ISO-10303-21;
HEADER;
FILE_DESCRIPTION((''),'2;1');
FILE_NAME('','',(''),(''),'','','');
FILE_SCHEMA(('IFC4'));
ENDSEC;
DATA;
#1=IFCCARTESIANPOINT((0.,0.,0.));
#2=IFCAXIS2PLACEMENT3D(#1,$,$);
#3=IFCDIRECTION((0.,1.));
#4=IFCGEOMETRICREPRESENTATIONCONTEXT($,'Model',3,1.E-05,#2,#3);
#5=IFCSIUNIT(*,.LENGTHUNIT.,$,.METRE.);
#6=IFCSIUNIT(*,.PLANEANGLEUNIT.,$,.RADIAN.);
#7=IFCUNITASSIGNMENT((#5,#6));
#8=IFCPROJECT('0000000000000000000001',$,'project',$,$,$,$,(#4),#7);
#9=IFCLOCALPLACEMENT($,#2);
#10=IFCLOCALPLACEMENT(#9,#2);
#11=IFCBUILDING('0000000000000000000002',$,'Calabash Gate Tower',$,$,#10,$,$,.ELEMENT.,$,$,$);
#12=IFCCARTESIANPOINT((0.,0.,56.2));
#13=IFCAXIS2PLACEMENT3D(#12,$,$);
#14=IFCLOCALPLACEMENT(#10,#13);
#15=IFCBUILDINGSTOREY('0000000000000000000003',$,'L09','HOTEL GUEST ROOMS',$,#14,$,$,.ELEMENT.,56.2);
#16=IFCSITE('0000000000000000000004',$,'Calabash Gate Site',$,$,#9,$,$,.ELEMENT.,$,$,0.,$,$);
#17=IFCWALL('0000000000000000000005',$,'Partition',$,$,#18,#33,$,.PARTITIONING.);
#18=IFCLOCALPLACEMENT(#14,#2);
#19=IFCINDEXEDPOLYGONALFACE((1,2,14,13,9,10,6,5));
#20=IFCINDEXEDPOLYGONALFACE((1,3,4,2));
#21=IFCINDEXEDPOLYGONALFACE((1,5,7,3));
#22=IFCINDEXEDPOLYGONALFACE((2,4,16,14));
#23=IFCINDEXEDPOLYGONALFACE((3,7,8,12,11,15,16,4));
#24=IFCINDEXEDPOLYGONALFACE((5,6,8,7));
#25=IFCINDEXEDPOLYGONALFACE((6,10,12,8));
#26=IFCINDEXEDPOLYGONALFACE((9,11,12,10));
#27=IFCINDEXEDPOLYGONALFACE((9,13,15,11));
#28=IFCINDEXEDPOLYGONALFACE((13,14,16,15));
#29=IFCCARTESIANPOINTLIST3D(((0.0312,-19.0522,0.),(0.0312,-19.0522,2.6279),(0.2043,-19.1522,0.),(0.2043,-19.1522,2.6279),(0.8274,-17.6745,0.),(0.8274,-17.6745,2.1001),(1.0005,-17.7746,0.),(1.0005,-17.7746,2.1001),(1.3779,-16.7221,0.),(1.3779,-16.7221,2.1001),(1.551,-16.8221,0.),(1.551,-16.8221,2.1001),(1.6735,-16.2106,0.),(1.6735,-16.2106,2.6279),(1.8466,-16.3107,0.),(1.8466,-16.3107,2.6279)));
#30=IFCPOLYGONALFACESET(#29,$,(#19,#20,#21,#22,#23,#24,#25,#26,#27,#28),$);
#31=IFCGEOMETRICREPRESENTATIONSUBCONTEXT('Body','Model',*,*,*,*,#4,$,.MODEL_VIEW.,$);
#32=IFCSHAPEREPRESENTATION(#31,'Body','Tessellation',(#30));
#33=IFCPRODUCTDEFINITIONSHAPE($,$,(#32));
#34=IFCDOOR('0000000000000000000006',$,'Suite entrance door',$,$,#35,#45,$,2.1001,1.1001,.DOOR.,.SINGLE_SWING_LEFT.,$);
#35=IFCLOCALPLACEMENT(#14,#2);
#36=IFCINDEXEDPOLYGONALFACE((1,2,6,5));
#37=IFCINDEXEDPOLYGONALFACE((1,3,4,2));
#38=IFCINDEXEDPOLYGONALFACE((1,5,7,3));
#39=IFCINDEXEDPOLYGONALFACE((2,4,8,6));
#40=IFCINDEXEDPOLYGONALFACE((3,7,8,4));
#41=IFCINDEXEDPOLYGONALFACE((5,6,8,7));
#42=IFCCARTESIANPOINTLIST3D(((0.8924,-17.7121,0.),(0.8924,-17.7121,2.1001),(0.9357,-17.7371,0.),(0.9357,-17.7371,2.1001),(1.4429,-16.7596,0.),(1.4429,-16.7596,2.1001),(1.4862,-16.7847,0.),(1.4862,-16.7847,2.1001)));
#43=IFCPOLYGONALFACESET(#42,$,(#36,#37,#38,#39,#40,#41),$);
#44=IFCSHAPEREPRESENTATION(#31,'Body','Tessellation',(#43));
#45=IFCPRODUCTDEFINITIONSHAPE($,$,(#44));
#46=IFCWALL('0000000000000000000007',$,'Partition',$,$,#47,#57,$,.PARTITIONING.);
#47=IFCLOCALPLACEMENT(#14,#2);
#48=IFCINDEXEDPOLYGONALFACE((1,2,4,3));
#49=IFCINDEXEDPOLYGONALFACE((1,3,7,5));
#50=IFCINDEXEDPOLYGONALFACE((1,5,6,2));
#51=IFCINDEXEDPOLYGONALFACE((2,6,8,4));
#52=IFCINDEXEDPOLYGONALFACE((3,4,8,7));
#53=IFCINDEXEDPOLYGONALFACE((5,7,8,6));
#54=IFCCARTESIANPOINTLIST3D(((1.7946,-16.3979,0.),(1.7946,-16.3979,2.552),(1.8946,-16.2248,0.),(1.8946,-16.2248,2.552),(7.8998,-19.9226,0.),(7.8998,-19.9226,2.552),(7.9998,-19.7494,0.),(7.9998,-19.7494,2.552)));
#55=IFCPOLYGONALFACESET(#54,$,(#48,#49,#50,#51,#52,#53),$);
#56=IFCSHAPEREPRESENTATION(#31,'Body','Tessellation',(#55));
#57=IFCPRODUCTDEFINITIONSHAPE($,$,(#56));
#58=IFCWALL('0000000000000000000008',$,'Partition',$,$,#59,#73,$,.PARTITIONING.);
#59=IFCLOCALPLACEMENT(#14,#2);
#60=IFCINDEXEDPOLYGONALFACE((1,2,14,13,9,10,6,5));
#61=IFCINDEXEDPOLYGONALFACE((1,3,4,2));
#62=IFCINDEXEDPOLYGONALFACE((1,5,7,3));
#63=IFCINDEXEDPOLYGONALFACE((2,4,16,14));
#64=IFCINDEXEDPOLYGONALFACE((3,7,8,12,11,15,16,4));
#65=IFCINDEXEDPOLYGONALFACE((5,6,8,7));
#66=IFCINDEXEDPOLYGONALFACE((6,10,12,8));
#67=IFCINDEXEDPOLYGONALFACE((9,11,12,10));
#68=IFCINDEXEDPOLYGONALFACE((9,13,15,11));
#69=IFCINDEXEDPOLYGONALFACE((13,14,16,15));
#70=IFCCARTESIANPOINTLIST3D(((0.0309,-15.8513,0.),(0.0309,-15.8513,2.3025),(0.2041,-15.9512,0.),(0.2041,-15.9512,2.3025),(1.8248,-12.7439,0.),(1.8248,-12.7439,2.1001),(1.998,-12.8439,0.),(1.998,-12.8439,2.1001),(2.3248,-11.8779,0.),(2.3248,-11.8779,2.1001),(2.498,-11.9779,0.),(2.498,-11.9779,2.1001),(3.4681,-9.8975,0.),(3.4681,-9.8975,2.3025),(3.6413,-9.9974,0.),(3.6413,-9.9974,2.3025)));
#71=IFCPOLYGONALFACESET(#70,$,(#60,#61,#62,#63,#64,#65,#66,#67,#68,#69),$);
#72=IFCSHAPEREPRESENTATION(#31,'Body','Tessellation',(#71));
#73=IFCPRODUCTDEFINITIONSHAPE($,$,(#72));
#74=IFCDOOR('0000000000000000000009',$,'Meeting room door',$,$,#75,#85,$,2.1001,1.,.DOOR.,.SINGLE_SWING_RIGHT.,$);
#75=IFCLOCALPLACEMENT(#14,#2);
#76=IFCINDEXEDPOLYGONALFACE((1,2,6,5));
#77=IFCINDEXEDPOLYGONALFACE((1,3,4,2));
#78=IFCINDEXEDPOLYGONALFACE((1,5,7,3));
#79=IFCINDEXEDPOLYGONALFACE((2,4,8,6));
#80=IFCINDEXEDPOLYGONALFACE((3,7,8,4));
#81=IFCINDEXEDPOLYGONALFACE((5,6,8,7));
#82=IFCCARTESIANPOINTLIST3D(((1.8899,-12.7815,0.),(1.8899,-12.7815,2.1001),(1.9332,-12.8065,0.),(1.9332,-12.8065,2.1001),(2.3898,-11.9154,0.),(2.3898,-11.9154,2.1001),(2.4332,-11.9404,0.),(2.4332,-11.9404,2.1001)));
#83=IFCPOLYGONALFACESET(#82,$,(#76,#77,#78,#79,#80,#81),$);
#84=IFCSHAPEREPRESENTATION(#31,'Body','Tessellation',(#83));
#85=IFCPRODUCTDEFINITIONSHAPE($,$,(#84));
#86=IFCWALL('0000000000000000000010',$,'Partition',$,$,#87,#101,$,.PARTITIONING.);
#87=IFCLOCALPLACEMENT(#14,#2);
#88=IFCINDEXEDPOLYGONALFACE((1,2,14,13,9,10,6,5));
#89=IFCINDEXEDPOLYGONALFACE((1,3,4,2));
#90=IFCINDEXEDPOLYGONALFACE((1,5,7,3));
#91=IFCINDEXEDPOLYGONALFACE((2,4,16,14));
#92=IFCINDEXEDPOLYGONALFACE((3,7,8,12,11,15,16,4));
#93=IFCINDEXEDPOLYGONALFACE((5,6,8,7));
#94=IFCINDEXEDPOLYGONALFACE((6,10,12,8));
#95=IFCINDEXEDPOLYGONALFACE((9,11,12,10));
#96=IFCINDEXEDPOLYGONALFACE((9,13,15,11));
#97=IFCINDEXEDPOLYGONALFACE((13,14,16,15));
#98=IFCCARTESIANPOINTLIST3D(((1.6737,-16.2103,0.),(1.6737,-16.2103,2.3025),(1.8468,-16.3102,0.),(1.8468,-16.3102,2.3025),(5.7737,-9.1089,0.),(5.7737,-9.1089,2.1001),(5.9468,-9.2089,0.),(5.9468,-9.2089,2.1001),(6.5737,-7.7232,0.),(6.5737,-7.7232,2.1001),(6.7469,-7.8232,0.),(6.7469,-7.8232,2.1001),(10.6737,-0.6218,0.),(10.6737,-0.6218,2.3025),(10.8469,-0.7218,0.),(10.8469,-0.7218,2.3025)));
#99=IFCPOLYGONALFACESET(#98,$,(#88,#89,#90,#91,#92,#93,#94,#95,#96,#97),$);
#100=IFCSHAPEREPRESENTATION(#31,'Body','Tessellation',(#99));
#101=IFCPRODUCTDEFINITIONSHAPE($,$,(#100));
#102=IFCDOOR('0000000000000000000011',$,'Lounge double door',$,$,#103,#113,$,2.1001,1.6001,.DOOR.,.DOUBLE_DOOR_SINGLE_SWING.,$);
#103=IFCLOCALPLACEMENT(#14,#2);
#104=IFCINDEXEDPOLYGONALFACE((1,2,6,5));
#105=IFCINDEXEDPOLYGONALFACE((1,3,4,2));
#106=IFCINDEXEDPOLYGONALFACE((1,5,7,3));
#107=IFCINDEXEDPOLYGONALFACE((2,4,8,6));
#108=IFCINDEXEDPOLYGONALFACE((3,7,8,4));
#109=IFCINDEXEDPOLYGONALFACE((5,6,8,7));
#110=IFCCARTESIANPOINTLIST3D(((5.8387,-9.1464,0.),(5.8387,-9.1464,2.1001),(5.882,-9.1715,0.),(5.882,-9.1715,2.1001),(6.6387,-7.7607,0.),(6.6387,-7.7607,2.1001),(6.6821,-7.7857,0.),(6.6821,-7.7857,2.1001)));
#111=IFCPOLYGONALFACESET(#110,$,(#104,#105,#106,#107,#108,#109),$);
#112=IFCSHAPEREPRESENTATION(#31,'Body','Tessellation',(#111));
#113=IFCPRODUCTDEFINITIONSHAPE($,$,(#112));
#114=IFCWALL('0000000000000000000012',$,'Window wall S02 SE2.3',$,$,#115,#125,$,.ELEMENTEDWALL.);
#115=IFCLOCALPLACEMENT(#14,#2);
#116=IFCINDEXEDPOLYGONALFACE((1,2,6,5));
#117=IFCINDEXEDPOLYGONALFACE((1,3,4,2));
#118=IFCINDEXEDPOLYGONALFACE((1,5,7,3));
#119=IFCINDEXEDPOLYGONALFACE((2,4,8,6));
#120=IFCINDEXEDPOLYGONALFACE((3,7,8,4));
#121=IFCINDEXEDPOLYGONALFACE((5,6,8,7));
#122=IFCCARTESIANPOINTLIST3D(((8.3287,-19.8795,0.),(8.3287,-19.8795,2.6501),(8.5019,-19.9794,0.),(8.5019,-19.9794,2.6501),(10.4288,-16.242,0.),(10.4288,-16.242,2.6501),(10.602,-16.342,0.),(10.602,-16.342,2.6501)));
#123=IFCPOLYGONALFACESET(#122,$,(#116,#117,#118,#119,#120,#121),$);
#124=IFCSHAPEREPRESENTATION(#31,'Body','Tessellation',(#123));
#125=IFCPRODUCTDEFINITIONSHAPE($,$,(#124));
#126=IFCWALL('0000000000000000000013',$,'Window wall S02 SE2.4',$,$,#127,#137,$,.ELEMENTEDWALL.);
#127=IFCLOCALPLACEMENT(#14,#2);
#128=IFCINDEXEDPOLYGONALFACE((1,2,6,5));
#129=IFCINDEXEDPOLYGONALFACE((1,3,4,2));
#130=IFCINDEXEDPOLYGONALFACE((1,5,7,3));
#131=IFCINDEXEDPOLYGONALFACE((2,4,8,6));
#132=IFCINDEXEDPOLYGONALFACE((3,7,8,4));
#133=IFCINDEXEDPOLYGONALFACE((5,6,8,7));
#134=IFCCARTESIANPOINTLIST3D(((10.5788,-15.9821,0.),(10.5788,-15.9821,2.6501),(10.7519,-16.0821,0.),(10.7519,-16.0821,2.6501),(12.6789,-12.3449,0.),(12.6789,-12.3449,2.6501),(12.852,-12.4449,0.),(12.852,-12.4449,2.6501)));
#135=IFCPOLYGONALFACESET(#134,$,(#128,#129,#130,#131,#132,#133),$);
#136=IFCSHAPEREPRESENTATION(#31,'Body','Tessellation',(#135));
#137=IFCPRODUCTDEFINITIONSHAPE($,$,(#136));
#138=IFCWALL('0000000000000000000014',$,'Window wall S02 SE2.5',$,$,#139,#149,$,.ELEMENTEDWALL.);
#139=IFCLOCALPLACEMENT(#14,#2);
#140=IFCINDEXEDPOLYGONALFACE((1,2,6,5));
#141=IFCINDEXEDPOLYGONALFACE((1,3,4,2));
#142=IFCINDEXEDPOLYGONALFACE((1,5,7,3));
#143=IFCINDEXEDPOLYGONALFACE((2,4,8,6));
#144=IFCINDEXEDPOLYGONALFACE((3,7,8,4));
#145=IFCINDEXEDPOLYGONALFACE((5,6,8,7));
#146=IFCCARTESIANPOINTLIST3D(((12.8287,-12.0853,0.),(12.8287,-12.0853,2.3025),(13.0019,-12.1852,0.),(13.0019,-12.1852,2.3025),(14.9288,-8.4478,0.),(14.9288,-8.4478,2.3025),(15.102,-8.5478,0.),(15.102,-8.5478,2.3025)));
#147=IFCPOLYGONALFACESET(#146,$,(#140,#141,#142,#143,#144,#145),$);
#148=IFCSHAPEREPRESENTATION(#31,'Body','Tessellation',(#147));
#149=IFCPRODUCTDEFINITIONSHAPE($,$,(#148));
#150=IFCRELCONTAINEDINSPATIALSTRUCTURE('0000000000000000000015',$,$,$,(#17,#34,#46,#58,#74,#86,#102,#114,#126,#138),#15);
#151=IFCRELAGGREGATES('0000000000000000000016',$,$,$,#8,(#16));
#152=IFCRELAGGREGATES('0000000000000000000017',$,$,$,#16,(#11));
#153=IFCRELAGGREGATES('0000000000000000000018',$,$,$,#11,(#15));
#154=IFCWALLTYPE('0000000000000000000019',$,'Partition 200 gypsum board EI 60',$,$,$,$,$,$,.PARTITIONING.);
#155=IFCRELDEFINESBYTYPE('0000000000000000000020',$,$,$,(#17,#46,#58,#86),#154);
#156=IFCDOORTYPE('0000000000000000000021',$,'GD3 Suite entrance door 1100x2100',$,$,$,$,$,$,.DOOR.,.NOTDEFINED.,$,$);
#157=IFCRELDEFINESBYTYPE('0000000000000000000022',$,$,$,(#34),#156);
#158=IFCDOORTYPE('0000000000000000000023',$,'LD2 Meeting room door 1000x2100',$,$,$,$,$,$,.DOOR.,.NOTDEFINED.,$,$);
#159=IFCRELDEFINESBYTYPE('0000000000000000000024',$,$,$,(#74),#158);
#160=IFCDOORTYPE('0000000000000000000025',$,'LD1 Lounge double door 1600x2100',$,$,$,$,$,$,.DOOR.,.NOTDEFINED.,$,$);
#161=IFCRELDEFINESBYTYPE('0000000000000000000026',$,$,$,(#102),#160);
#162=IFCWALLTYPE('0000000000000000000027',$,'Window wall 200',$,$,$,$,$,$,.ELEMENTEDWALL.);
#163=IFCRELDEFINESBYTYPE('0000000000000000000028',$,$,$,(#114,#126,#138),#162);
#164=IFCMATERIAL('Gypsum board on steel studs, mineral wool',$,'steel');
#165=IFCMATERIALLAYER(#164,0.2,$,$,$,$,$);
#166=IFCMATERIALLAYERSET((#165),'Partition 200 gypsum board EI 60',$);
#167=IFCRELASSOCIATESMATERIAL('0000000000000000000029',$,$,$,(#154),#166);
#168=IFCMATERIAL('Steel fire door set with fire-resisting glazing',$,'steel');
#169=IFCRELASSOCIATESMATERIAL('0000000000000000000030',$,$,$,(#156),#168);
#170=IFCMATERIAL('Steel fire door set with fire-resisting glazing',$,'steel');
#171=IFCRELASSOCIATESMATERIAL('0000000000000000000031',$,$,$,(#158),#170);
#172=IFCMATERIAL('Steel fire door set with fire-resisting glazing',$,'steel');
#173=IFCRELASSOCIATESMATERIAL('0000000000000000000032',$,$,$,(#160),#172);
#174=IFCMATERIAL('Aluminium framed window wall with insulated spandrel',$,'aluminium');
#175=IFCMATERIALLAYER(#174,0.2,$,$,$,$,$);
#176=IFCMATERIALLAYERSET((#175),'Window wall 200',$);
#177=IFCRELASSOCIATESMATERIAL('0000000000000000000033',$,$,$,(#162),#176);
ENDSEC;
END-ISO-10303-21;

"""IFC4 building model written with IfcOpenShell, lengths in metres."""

from ifc_helpers import new_model, si_unit, direction, frame, frame_2d, origin, place, context, subcontext, project, spatial, rectangle, extrude, material, layer, layer_set, type_object, element, fill, save


model = new_model("IFC4")

# Units and contexts
model_context = context("Model", 3, precision=1e-05, world=origin(), true_north=direction((0.0, 1.0)))
body_context = subcontext(model_context, "Body", "Model", "MODEL_VIEW")
ifc_project = project(units=[si_unit("LENGTHUNIT", "METRE"), si_unit("PLANEANGLEUNIT", "RADIAN")], contexts=[model_context])

# Site, building, storey
site_placement = place(None, origin())
site = spatial("IfcSite", under=ifc_project, at=site_placement, Name="Calabash Gate Site", CompositionType="ELEMENT", RefElevation=0.0)
building_placement = place(site_placement, origin())
building = spatial("IfcBuilding", under=site, at=building_placement, Name="Calabash Gate Tower", CompositionType="ELEMENT")
storey_placement = place(building_placement, frame((0.0, 0.0, 56.2)))
storey = spatial("IfcBuildingStorey", under=building, at=storey_placement, Name="L09", Description="HOTEL GUEST ROOMS", CompositionType="ELEMENT", Elevation=56.2)

# Wall, opening, door
ifc_material_1 = material(Name="Gypsum board on steel studs, mineral wool", Category="steel")
ifc_layer_1 = layer(ifc_material_1, 0.2)
ifc_layer_set_1 = layer_set([ifc_layer_1], Name="Partition 200 gypsum board EI 60")
wall_type_1 = type_object("IfcWallType", Name="Partition 200 gypsum board EI 60", PredefinedType="PARTITIONING", material=ifc_layer_set_1)
wall_1_placement = place(storey_placement, frame((0.1177, -19.1023, 0.0), z_axis=(0.0, 0.0, 1.0), x_axis=(0.500403, 0.865793, 0.0)))
wall_1 = element("IfcWall", 1, at=wall_1_placement, inside=storey, type_object=wall_type_1, Name="Partition", PredefinedType="PARTITIONING", context=body_context, shape_type="SweptSolid", body=[
    extrude(rectangle(XDim=3.282, YDim=0.2, at=frame_2d((1.6411, 0.0))), origin(), (0.0, 0.0, 1.0), 2.6279),
])
opening_1_placement = place(wall_1_placement, frame((1.5913, 0.0, 0.0)))
opening_1 = element("IfcOpeningElement", 2, at=opening_1_placement, cuts=wall_1, PredefinedType="OPENING", context=body_context, shape_type="SweptSolid", body=[
    extrude(rectangle(XDim=1.1001, YDim=2.1001, at=frame_2d((0.55, 1.05))), frame((0.0, 0.1099, 0.0), z_axis=(0.0, -1.0, 0.0), x_axis=(1.0, 0.0, 0.0)), (0.0, 0.0, 1.0), 0.22),
])
ifc_material_2 = material(Name="Steel fire door set with fire-resisting glazing", Category="steel")
door_type_1 = type_object("IfcDoorType", Name="GD3 Suite entrance door 1100x2100", OperationType="NOTDEFINED", PredefinedType="DOOR", material=ifc_material_2)
door_1_placement = place(opening_1_placement, origin())
door_1 = element("IfcDoor", 3, at=door_1_placement, inside=storey, type_object=door_type_1, Name="Suite entrance door", OperationType="SINGLE_SWING_LEFT", OverallHeight=2.1001, OverallWidth=1.1001, PredefinedType="DOOR", context=body_context, shape_type="SweptSolid", body=[
    extrude(rectangle(XDim=1.1001, YDim=2.1001, at=frame_2d((0.55, 1.05))), frame((0.0, 0.0249, 0.0), z_axis=(0.0, -1.0, 0.0), x_axis=(1.0, 0.0, 0.0)), (0.0, 0.0, 1.0), 0.05),
])
fill(opening_1, door_1)

# Wall
wall_2_placement = place(storey_placement, frame((1.8445, -16.3113, 0.0), z_axis=(0.0, 0.0, 1.0), x_axis=(0.866037, -0.499979, 0.0)))
element("IfcWall", 4, at=wall_2_placement, inside=storey, type_object=wall_type_1, Name="Partition", PredefinedType="PARTITIONING", context=body_context, shape_type="SweptSolid", body=[
    extrude(rectangle(XDim=7.0496, YDim=0.2, at=frame_2d((3.5249, 0.0))), origin(), (0.0, 0.0, 1.0), 2.552),
])

# Walls, openings, doors
wall_3_placement = place(storey_placement, frame((0.1174, -15.9014, 0.0), z_axis=(0.0, 0.0, 1.0), x_axis=(0.499978, 0.866038, 0.0)))
wall_3 = element("IfcWall", 5, at=wall_3_placement, inside=storey, type_object=wall_type_1, Name="Partition", PredefinedType="PARTITIONING", context=body_context, shape_type="SweptSolid", body=[
    extrude(rectangle(XDim=6.8748, YDim=0.2, at=frame_2d((3.4375, 0.0))), origin(), (0.0, 0.0, 1.0), 2.3025),
])
opening_2_placement = place(wall_3_placement, frame((3.5881, 0.0, 0.0)))
opening_2 = element("IfcOpeningElement", 6, at=opening_2_placement, cuts=wall_3, PredefinedType="OPENING", context=body_context, shape_type="SweptSolid", body=[
    extrude(rectangle(XDim=1.0, YDim=2.1001, at=frame_2d((0.5, 1.05))), frame((0.0, 0.1099, 0.0), z_axis=(0.0, -1.0, 0.0), x_axis=(1.0, 0.0, 0.0)), (0.0, 0.0, 1.0), 0.22),
])
ifc_material_3 = material(Name="Steel fire door set with fire-resisting glazing", Category="steel")
door_type_2 = type_object("IfcDoorType", Name="LD2 Meeting room door 1000x2100", OperationType="NOTDEFINED", PredefinedType="DOOR", material=ifc_material_3)
door_2_placement = place(opening_2_placement, origin())
door_2 = element("IfcDoor", 7, at=door_2_placement, inside=storey, type_object=door_type_2, Name="Meeting room door", OperationType="SINGLE_SWING_RIGHT", OverallHeight=2.1001, OverallWidth=1.0, PredefinedType="DOOR", context=body_context, shape_type="SweptSolid", body=[
    extrude(rectangle(XDim=1.0, YDim=2.1001, at=frame_2d((0.5, 1.05))), frame((0.0, 0.0249, 0.0), z_axis=(0.0, -1.0, 0.0), x_axis=(1.0, 0.0, 0.0)), (0.0, 0.0, 1.0), 0.05),
])
fill(opening_2, door_2)
wall_4_placement = place(storey_placement, frame((1.7603, -16.2603, 0.0), z_axis=(0.0, 0.0, 1.0), x_axis=(0.500002, 0.866024, 0.0)))
wall_4 = element("IfcWall", 8, at=wall_4_placement, inside=storey, type_object=wall_type_1, Name="Partition", PredefinedType="PARTITIONING", context=body_context, shape_type="SweptSolid", body=[
    extrude(rectangle(XDim=18.0, YDim=0.2, at=frame_2d((9.0, 0.0))), origin(), (0.0, 0.0, 1.0), 2.3025),
])
opening_3_placement = place(wall_4_placement, frame((8.2, 0.0, 0.0)))
opening_3 = element("IfcOpeningElement", 9, at=opening_3_placement, cuts=wall_4, PredefinedType="OPENING", context=body_context, shape_type="SweptSolid", body=[
    extrude(rectangle(XDim=1.6001, YDim=2.1001, at=frame_2d((0.8, 1.05))), frame((0.0, 0.1099, 0.0), z_axis=(0.0, -1.0, 0.0), x_axis=(1.0, 0.0, 0.0)), (0.0, 0.0, 1.0), 0.22),
])
ifc_material_4 = material(Name="Steel fire door set with fire-resisting glazing", Category="steel")
door_type_3 = type_object("IfcDoorType", Name="LD1 Lounge double door 1600x2100", OperationType="NOTDEFINED", PredefinedType="DOOR", material=ifc_material_4)
door_3_placement = place(opening_3_placement, origin())
door_3 = element("IfcDoor", 10, at=door_3_placement, inside=storey, type_object=door_type_3, Name="Lounge double door", OperationType="DOUBLE_DOOR_SINGLE_SWING", OverallHeight=2.1001, OverallWidth=1.6001, PredefinedType="DOOR", context=body_context, shape_type="SweptSolid", body=[
    extrude(rectangle(XDim=1.6001, YDim=2.1001, at=frame_2d((0.8, 1.05))), frame((0.0, 0.0249, 0.0), z_axis=(0.0, -1.0, 0.0), x_axis=(1.0, 0.0, 0.0)), (0.0, 0.0, 1.0), 0.05),
])
fill(opening_3, door_3)

# Walls
ifc_material_5 = material(Name="Aluminium framed window wall with insulated spandrel", Category="aluminium")
ifc_layer_2 = layer(ifc_material_5, 0.2)
ifc_layer_set_2 = layer_set([ifc_layer_2], Name="Window wall 200")
wall_type_2 = type_object("IfcWallType", Name="Window wall 200", PredefinedType="ELEMENTEDWALL", material=ifc_layer_set_2)
wall_5_placement = place(storey_placement, frame((8.4153, -19.9294, 0.0), z_axis=(0.0, 0.0, 1.0), x_axis=(0.500003, 0.866024, 0.0)))
element("IfcWall", 11, at=wall_5_placement, inside=storey, type_object=wall_type_2, Name="Window wall S02 SE2.3", PredefinedType="ELEMENTEDWALL", context=body_context, shape_type="SweptSolid", body=[
    extrude(rectangle(XDim=4.2002, YDim=0.2, at=frame_2d((2.1001, 0.0))), origin(), (0.0, 0.0, 1.0), 2.6501),
])
wall_6_placement = place(storey_placement, frame((10.6653, -16.0322, 0.0), z_axis=(0.0, 0.0, 1.0), x_axis=(0.500028, 0.866009, 0.0)))
element("IfcWall", 12, at=wall_6_placement, inside=storey, type_object=wall_type_2, Name="Window wall S02 SE2.4", PredefinedType="ELEMENTEDWALL", context=body_context, shape_type="SweptSolid", body=[
    extrude(rectangle(XDim=4.2, YDim=0.2, at=frame_2d((2.1001, 0.0))), origin(), (0.0, 0.0, 1.0), 2.6501),
])
wall_7_placement = place(storey_placement, frame((12.9153, -12.1353, 0.0), z_axis=(0.0, 0.0, 1.0), x_axis=(0.500003, 0.866024, 0.0)))
element("IfcWall", 13, at=wall_7_placement, inside=storey, type_object=wall_type_2, Name="Window wall S02 SE2.5", PredefinedType="ELEMENTEDWALL", context=body_context, shape_type="SweptSolid", body=[
    extrude(rectangle(XDim=4.2002, YDim=0.2, at=frame_2d((2.1001, 0.0))), origin(), (0.0, 0.0, 1.0), 2.3025),
])

save(model, "model.ifc")
